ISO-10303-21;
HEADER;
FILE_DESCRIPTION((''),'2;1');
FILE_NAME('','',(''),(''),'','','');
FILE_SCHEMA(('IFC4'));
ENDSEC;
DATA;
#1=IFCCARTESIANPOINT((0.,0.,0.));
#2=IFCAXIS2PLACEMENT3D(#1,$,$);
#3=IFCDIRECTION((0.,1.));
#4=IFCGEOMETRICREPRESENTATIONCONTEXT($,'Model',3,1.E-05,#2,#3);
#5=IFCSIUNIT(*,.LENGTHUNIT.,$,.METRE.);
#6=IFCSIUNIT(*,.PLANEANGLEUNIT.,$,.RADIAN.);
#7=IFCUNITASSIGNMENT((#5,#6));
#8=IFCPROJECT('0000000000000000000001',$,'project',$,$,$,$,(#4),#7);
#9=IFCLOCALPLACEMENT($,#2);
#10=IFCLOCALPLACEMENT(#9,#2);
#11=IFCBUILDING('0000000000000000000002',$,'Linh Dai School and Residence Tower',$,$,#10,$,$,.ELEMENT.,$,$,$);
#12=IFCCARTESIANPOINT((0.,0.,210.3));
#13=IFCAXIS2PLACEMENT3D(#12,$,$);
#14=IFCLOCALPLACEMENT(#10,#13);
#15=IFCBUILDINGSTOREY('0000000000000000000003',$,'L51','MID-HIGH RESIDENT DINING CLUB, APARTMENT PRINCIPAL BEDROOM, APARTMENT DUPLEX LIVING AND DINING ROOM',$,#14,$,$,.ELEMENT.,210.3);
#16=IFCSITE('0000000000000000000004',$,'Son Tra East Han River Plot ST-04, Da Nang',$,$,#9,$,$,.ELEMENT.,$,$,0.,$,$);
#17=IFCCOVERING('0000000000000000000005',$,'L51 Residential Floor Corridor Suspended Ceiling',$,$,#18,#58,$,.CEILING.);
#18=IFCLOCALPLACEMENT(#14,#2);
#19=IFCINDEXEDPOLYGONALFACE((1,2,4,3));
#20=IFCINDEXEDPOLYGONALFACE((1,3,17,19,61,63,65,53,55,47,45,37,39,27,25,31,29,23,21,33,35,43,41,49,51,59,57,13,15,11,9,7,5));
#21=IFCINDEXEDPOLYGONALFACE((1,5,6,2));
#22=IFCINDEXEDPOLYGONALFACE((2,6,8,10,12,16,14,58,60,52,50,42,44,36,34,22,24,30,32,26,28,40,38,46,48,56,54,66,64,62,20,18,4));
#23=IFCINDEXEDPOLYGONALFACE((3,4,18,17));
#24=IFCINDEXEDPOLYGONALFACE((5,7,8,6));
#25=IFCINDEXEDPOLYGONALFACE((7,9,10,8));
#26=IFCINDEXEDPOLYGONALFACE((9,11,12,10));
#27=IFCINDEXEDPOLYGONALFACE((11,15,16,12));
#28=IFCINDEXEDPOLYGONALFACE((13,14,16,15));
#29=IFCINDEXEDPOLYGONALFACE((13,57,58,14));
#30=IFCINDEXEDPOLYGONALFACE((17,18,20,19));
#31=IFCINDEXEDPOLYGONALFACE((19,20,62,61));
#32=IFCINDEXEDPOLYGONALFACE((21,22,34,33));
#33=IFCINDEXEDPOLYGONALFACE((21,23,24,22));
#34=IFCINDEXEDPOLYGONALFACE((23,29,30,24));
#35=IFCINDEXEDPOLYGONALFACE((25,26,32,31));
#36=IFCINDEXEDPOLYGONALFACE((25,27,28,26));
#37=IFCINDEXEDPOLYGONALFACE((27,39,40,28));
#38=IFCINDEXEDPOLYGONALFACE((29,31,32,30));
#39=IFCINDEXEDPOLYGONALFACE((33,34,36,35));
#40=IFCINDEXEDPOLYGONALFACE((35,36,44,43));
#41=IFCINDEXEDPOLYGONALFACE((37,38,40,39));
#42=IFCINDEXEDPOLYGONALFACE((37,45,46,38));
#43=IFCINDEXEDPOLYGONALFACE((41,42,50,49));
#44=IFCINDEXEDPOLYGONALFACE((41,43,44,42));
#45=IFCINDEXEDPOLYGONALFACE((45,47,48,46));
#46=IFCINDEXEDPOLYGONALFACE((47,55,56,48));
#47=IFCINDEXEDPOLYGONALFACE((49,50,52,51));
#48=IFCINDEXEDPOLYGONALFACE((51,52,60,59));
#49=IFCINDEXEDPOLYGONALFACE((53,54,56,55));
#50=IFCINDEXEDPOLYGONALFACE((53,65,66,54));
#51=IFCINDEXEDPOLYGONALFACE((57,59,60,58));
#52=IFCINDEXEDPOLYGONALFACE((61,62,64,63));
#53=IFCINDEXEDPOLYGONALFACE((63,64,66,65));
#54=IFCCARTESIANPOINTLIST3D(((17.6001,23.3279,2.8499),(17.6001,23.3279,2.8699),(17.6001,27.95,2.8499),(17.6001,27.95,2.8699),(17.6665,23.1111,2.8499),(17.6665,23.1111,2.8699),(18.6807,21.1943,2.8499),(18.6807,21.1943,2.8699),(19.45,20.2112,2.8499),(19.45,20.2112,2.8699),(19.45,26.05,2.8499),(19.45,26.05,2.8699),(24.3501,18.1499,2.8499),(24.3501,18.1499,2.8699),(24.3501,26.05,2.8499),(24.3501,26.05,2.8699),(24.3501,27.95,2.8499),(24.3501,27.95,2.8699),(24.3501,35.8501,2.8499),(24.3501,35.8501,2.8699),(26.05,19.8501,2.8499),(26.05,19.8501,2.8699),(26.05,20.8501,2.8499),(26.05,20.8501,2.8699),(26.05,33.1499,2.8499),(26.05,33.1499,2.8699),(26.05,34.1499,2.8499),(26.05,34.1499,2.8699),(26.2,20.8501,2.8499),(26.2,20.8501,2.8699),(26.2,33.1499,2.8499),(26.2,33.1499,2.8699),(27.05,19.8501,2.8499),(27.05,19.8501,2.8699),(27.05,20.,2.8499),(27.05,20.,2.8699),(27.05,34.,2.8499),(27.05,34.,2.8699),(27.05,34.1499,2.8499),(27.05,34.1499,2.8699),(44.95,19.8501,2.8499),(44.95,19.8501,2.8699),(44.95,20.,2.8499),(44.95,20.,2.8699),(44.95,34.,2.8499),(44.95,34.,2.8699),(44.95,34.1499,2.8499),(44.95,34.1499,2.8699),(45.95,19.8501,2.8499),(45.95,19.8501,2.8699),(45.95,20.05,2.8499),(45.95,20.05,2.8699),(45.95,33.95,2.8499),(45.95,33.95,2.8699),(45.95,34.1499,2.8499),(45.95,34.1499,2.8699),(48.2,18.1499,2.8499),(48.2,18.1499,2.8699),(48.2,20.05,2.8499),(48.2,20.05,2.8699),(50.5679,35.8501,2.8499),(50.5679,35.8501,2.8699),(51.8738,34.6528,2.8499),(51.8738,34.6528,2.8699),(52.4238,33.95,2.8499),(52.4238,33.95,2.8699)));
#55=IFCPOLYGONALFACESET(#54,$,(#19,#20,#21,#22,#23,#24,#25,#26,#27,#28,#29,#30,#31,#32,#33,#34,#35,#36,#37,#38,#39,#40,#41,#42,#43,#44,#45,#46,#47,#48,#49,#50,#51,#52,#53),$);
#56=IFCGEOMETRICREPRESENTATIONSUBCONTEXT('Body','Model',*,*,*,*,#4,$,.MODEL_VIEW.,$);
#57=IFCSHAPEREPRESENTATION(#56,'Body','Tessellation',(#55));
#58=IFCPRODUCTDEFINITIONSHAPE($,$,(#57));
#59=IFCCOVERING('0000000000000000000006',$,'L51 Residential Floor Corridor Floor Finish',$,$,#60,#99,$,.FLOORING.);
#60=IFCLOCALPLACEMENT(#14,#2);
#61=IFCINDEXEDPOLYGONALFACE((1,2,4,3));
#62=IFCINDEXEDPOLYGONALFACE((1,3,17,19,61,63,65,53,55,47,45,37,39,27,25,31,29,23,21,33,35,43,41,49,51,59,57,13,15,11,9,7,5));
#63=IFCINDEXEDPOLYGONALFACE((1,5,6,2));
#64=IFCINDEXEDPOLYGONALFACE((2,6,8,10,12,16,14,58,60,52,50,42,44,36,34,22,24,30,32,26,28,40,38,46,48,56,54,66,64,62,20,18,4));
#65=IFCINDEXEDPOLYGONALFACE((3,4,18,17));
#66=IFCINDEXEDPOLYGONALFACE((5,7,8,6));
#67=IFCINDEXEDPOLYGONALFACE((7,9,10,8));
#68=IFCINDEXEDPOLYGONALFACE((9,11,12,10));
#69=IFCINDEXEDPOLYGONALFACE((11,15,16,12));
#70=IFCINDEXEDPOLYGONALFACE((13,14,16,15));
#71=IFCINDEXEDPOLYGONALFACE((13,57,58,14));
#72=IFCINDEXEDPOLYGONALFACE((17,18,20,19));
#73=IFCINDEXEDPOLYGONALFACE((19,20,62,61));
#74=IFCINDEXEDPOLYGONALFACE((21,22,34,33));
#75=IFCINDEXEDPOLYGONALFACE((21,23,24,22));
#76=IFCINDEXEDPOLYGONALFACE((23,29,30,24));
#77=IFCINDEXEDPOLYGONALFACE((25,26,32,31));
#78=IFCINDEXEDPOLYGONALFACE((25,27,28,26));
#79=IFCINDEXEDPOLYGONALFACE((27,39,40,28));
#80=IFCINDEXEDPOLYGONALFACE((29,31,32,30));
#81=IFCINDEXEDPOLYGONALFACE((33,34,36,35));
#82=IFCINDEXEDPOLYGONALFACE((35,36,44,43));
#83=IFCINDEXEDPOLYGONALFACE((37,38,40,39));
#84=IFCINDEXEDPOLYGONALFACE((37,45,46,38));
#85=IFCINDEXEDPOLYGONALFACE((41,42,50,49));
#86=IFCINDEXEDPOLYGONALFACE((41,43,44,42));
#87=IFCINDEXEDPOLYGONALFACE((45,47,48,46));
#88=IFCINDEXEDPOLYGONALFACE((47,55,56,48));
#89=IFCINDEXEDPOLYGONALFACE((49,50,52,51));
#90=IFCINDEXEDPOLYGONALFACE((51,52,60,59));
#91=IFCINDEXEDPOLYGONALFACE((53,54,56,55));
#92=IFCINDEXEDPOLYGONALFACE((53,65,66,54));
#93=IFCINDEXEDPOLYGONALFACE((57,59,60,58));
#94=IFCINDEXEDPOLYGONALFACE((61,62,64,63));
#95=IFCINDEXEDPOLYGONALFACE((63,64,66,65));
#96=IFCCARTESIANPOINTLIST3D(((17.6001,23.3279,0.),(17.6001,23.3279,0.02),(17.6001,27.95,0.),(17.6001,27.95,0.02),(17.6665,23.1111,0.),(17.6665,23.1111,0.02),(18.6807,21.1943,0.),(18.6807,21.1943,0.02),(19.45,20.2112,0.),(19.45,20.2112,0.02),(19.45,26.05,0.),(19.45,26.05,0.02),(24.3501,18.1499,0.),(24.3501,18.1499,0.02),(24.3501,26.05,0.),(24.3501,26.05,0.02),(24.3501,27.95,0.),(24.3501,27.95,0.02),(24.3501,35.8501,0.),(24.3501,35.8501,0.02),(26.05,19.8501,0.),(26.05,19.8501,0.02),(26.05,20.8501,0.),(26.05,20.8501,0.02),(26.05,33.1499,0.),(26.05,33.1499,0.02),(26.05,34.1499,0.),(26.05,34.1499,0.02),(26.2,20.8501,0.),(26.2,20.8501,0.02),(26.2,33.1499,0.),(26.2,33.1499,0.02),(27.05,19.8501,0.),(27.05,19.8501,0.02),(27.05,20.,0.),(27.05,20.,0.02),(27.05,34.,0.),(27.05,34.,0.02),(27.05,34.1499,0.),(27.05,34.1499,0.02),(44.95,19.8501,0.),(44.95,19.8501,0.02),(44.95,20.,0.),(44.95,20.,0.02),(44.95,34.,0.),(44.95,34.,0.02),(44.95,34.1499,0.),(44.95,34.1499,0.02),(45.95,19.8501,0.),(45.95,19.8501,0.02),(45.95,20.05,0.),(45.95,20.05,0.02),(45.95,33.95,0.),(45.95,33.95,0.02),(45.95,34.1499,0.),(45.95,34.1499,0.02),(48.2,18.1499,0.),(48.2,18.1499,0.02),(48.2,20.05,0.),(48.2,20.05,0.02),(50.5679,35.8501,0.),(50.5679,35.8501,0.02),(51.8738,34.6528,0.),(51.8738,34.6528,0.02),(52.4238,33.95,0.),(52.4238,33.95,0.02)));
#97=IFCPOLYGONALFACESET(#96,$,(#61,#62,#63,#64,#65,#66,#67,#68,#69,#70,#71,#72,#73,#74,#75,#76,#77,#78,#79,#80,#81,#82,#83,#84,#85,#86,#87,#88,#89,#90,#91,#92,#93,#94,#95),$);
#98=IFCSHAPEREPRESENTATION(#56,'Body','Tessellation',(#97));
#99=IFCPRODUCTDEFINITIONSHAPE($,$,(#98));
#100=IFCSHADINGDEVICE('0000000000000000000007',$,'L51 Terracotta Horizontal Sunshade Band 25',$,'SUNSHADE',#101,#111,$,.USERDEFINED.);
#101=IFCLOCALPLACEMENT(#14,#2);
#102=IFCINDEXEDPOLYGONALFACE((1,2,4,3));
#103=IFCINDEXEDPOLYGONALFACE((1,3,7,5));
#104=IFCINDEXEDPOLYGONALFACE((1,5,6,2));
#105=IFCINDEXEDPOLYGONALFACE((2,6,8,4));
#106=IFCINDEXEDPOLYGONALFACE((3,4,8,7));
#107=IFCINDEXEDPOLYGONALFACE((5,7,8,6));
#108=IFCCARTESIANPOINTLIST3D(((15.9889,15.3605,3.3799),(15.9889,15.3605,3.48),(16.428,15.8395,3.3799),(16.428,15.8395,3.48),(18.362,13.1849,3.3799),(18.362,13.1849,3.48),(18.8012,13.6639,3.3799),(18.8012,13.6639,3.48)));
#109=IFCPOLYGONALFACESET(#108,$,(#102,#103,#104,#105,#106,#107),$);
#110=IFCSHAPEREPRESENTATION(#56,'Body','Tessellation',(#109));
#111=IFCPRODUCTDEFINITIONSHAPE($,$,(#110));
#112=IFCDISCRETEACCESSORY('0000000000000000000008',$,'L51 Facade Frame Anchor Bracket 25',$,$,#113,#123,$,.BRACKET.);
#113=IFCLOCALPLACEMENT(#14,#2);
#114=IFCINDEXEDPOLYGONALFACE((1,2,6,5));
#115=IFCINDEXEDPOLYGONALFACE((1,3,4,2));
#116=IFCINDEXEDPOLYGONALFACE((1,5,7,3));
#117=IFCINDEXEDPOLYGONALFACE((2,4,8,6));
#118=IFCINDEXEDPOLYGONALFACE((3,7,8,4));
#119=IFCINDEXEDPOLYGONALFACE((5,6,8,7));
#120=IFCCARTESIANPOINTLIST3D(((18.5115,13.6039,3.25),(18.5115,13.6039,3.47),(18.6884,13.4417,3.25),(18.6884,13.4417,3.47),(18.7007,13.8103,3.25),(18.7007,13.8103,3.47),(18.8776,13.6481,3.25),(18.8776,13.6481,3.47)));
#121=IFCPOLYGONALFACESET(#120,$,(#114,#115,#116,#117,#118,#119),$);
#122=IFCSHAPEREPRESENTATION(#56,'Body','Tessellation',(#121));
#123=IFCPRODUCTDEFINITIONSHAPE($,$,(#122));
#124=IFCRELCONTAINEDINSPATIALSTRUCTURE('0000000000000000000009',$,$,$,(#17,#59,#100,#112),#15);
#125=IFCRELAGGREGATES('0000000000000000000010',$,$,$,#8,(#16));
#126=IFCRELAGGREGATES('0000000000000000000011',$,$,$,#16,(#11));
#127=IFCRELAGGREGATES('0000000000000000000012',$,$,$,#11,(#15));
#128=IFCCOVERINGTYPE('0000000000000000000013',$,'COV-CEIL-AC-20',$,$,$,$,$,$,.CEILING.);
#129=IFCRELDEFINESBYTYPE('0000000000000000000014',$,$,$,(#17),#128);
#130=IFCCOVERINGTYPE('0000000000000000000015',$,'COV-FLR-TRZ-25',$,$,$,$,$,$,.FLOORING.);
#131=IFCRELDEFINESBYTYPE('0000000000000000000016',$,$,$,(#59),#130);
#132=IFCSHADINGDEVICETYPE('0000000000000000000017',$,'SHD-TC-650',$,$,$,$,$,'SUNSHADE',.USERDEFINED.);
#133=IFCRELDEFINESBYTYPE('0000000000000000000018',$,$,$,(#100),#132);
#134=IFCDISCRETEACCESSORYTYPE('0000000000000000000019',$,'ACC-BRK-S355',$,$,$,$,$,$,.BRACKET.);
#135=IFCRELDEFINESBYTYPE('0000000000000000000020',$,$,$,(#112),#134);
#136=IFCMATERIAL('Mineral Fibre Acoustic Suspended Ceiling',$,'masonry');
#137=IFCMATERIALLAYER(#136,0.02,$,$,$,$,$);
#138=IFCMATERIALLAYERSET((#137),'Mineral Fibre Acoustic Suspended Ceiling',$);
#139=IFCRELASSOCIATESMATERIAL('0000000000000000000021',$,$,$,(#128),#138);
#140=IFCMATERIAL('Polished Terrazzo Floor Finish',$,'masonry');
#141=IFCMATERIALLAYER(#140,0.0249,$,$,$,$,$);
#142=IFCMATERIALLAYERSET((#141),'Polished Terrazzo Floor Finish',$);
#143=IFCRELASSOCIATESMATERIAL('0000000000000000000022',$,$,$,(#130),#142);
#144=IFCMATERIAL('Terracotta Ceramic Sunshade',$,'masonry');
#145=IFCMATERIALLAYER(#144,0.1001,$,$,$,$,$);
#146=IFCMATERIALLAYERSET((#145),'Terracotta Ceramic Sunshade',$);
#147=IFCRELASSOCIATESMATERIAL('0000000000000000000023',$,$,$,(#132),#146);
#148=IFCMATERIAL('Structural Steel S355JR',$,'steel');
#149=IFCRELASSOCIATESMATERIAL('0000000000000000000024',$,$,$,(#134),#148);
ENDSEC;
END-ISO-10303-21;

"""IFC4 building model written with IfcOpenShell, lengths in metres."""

from ifc_helpers import new_model, si_unit, direction, frame, origin, origin_2d, place, context, subcontext, project, spatial, polyline, rectangle, outline, extrude, source, transform, mapped, material, layer, layer_set, type_object, element, save


model = new_model("IFC4")

# Units and contexts
model_context = context("Model", 3, precision=1e-05, world=origin(), true_north=direction((0.0, 1.0)))
body_context = subcontext(model_context, "Body", "Model", "MODEL_VIEW")
ifc_project = project(units=[si_unit("LENGTHUNIT", "METRE"), si_unit("PLANEANGLEUNIT", "RADIAN")], contexts=[model_context])

# Site, building, storey
site_placement = place(None, origin())
site = spatial("IfcSite", under=ifc_project, at=site_placement, Name="Son Tra East Han River Plot ST-04, Da Nang", CompositionType="ELEMENT", RefElevation=0.0)
building_placement = place(site_placement, origin())
building = spatial("IfcBuilding", under=site, at=building_placement, Name="Linh Dai School and Residence Tower", CompositionType="ELEMENT")
storey_placement = place(building_placement, frame((0.0, 0.0, 210.3)))
storey = spatial("IfcBuildingStorey", under=building, at=storey_placement, Name="L51", Description="MID-HIGH RESIDENT DINING CLUB, APARTMENT PRINCIPAL BEDROOM, APARTMENT DUPLEX LIVING AND DINING ROOM", CompositionType="ELEMENT", Elevation=210.3)

# Shared definitions
ifc_material_1 = material(Name="Structural Steel S355JR", Category="steel")

# Coverings
ifc_material_2 = material(Name="Mineral Fibre Acoustic Suspended Ceiling", Category="masonry")
ifc_layer_1 = layer(ifc_material_2, 0.02)
ifc_layer_set_1 = layer_set([ifc_layer_1], Name="Mineral Fibre Acoustic Suspended Ceiling")
covering_type_1 = type_object("IfcCoveringType", Name="COV-CEIL-AC-20", PredefinedType="CEILING", material=ifc_layer_set_1)
covering_1_placement = place(storey_placement, frame((0.0, 0.0, 2.8499)))
element("IfcCovering", 1, at=covering_1_placement, inside=storey, type_object=covering_type_1, Name="L51 Residential Floor Corridor Suspended Ceiling", PredefinedType="CEILING", context=body_context, shape_type="SweptSolid", body=[
    extrude(outline(polyline([(19.45, 20.2112), (18.6807, 21.1943), (17.6665, 23.1111), (17.6001, 23.3279), (17.6001, 27.95), (24.3501, 27.95), (24.3501, 35.8501), (50.5679, 35.8501), (51.8738, 34.6528), (52.4238, 33.95), (45.95, 33.95), (45.95, 34.1499), (44.95, 34.1499), (44.95, 34.0), (27.05, 34.0), (27.05, 34.1499), (26.05, 34.1499), (26.05, 33.1499), (26.2, 33.1499), (26.2, 20.8501), (26.05, 20.8501), (26.05, 19.8501), (27.05, 19.8501), (27.05, 20.0), (44.95, 20.0), (44.95, 19.8501), (45.95, 19.8501), (45.95, 20.05), (48.2, 20.05), (48.2, 18.1499), (24.3501, 18.1499), (24.3501, 26.05), (19.45, 26.05), (19.45, 20.2112)])), origin(), (0.0, 0.0, 1.0), 0.02),
])
ifc_material_3 = material(Name="Polished Terrazzo Floor Finish", Category="masonry")
ifc_layer_2 = layer(ifc_material_3, 0.0249)
ifc_layer_set_2 = layer_set([ifc_layer_2], Name="Polished Terrazzo Floor Finish")
covering_type_2 = type_object("IfcCoveringType", Name="COV-FLR-TRZ-25", PredefinedType="FLOORING", material=ifc_layer_set_2)
covering_2_placement = place(storey_placement, origin())
element("IfcCovering", 2, at=covering_2_placement, inside=storey, type_object=covering_type_2, Name="L51 Residential Floor Corridor Floor Finish", PredefinedType="FLOORING", context=body_context, shape_type="SweptSolid", body=[
    extrude(outline(polyline([(19.45, 20.2112), (18.6807, 21.1943), (17.6665, 23.1111), (17.6001, 23.3279), (17.6001, 27.95), (24.3501, 27.95), (24.3501, 35.8501), (50.5679, 35.8501), (51.8738, 34.6528), (52.4238, 33.95), (45.95, 33.95), (45.95, 34.1499), (44.95, 34.1499), (44.95, 34.0), (27.05, 34.0), (27.05, 34.1499), (26.05, 34.1499), (26.05, 33.1499), (26.2, 33.1499), (26.2, 20.8501), (26.05, 20.8501), (26.05, 19.8501), (27.05, 19.8501), (27.05, 20.0), (44.95, 20.0), (44.95, 19.8501), (45.95, 19.8501), (45.95, 20.05), (48.2, 20.05), (48.2, 18.1499), (24.3501, 18.1499), (24.3501, 26.05), (19.45, 26.05), (19.45, 20.2112)])), origin(), (0.0, 0.0, 1.0), 0.02),
])

# Shading device
ifc_material_4 = material(Name="Terracotta Ceramic Sunshade", Category="masonry")
ifc_layer_3 = layer(ifc_material_4, 0.1001)
ifc_layer_set_3 = layer_set([ifc_layer_3], Name="Terracotta Ceramic Sunshade")
shading_device_type = type_object("IfcShadingDeviceType", Name="SHD-TC-650", ElementType="SUNSHADE", PredefinedType="USERDEFINED", material=ifc_layer_set_3)
shared_shape_1 = source(origin(), body_context, "Body", "SweptSolid", [
    extrude(rectangle(XDim=3.2195, YDim=0.6499, at=origin_2d()), origin(), (0.0, 0.0, 1.0), 0.1001),
])
shading_device_placement = place(storey_placement, frame((17.395, 14.5122, 3.3799), z_axis=(0.0, 0.0, 1.0), x_axis=(-0.737125, 0.675756, 0.0)))
element("IfcShadingDevice", 3, at=shading_device_placement, inside=storey, type_object=shading_device_type, Name="L51 Terracotta Horizontal Sunshade Band 25", ObjectType="SUNSHADE", PredefinedType="USERDEFINED", context=body_context, shape_type="MappedRepresentation", body=[
    mapped(shared_shape_1, transform((0.0, 0.0, 0.0), x_axis=(1.0, 0.0, 0.0), y_axis=(0.0, 1.0, 0.0), z_axis=(0.0, 0.0, 1.0), scale=1.0)),
])

# Discrete accessory
discrete_accessory_type = type_object("IfcDiscreteAccessoryType", Name="ACC-BRK-S355", PredefinedType="BRACKET", material=ifc_material_1)
shared_shape_2 = source(origin(), body_context, "Body", "SweptSolid", [
    extrude(rectangle(XDim=0.28, YDim=0.24, at=origin_2d()), origin(), (0.0, 0.0, 1.0), 0.22),
])
discrete_accessory_placement = place(storey_placement, frame((18.6946, 13.626, 3.25), z_axis=(0.0, 0.0, 1.0), x_axis=(-0.675756, -0.737125, 0.0)))
element("IfcDiscreteAccessory", 4, at=discrete_accessory_placement, inside=storey, type_object=discrete_accessory_type, Name="L51 Facade Frame Anchor Bracket 25", PredefinedType="BRACKET", context=body_context, shape_type="MappedRepresentation", body=[
    mapped(shared_shape_2, transform((0.0, 0.0, 0.0), x_axis=(1.0, 0.0, 0.0), y_axis=(0.0, 1.0, 0.0), z_axis=(0.0, 0.0, 1.0), scale=1.0)),
])

save(model, "model.ifc")
